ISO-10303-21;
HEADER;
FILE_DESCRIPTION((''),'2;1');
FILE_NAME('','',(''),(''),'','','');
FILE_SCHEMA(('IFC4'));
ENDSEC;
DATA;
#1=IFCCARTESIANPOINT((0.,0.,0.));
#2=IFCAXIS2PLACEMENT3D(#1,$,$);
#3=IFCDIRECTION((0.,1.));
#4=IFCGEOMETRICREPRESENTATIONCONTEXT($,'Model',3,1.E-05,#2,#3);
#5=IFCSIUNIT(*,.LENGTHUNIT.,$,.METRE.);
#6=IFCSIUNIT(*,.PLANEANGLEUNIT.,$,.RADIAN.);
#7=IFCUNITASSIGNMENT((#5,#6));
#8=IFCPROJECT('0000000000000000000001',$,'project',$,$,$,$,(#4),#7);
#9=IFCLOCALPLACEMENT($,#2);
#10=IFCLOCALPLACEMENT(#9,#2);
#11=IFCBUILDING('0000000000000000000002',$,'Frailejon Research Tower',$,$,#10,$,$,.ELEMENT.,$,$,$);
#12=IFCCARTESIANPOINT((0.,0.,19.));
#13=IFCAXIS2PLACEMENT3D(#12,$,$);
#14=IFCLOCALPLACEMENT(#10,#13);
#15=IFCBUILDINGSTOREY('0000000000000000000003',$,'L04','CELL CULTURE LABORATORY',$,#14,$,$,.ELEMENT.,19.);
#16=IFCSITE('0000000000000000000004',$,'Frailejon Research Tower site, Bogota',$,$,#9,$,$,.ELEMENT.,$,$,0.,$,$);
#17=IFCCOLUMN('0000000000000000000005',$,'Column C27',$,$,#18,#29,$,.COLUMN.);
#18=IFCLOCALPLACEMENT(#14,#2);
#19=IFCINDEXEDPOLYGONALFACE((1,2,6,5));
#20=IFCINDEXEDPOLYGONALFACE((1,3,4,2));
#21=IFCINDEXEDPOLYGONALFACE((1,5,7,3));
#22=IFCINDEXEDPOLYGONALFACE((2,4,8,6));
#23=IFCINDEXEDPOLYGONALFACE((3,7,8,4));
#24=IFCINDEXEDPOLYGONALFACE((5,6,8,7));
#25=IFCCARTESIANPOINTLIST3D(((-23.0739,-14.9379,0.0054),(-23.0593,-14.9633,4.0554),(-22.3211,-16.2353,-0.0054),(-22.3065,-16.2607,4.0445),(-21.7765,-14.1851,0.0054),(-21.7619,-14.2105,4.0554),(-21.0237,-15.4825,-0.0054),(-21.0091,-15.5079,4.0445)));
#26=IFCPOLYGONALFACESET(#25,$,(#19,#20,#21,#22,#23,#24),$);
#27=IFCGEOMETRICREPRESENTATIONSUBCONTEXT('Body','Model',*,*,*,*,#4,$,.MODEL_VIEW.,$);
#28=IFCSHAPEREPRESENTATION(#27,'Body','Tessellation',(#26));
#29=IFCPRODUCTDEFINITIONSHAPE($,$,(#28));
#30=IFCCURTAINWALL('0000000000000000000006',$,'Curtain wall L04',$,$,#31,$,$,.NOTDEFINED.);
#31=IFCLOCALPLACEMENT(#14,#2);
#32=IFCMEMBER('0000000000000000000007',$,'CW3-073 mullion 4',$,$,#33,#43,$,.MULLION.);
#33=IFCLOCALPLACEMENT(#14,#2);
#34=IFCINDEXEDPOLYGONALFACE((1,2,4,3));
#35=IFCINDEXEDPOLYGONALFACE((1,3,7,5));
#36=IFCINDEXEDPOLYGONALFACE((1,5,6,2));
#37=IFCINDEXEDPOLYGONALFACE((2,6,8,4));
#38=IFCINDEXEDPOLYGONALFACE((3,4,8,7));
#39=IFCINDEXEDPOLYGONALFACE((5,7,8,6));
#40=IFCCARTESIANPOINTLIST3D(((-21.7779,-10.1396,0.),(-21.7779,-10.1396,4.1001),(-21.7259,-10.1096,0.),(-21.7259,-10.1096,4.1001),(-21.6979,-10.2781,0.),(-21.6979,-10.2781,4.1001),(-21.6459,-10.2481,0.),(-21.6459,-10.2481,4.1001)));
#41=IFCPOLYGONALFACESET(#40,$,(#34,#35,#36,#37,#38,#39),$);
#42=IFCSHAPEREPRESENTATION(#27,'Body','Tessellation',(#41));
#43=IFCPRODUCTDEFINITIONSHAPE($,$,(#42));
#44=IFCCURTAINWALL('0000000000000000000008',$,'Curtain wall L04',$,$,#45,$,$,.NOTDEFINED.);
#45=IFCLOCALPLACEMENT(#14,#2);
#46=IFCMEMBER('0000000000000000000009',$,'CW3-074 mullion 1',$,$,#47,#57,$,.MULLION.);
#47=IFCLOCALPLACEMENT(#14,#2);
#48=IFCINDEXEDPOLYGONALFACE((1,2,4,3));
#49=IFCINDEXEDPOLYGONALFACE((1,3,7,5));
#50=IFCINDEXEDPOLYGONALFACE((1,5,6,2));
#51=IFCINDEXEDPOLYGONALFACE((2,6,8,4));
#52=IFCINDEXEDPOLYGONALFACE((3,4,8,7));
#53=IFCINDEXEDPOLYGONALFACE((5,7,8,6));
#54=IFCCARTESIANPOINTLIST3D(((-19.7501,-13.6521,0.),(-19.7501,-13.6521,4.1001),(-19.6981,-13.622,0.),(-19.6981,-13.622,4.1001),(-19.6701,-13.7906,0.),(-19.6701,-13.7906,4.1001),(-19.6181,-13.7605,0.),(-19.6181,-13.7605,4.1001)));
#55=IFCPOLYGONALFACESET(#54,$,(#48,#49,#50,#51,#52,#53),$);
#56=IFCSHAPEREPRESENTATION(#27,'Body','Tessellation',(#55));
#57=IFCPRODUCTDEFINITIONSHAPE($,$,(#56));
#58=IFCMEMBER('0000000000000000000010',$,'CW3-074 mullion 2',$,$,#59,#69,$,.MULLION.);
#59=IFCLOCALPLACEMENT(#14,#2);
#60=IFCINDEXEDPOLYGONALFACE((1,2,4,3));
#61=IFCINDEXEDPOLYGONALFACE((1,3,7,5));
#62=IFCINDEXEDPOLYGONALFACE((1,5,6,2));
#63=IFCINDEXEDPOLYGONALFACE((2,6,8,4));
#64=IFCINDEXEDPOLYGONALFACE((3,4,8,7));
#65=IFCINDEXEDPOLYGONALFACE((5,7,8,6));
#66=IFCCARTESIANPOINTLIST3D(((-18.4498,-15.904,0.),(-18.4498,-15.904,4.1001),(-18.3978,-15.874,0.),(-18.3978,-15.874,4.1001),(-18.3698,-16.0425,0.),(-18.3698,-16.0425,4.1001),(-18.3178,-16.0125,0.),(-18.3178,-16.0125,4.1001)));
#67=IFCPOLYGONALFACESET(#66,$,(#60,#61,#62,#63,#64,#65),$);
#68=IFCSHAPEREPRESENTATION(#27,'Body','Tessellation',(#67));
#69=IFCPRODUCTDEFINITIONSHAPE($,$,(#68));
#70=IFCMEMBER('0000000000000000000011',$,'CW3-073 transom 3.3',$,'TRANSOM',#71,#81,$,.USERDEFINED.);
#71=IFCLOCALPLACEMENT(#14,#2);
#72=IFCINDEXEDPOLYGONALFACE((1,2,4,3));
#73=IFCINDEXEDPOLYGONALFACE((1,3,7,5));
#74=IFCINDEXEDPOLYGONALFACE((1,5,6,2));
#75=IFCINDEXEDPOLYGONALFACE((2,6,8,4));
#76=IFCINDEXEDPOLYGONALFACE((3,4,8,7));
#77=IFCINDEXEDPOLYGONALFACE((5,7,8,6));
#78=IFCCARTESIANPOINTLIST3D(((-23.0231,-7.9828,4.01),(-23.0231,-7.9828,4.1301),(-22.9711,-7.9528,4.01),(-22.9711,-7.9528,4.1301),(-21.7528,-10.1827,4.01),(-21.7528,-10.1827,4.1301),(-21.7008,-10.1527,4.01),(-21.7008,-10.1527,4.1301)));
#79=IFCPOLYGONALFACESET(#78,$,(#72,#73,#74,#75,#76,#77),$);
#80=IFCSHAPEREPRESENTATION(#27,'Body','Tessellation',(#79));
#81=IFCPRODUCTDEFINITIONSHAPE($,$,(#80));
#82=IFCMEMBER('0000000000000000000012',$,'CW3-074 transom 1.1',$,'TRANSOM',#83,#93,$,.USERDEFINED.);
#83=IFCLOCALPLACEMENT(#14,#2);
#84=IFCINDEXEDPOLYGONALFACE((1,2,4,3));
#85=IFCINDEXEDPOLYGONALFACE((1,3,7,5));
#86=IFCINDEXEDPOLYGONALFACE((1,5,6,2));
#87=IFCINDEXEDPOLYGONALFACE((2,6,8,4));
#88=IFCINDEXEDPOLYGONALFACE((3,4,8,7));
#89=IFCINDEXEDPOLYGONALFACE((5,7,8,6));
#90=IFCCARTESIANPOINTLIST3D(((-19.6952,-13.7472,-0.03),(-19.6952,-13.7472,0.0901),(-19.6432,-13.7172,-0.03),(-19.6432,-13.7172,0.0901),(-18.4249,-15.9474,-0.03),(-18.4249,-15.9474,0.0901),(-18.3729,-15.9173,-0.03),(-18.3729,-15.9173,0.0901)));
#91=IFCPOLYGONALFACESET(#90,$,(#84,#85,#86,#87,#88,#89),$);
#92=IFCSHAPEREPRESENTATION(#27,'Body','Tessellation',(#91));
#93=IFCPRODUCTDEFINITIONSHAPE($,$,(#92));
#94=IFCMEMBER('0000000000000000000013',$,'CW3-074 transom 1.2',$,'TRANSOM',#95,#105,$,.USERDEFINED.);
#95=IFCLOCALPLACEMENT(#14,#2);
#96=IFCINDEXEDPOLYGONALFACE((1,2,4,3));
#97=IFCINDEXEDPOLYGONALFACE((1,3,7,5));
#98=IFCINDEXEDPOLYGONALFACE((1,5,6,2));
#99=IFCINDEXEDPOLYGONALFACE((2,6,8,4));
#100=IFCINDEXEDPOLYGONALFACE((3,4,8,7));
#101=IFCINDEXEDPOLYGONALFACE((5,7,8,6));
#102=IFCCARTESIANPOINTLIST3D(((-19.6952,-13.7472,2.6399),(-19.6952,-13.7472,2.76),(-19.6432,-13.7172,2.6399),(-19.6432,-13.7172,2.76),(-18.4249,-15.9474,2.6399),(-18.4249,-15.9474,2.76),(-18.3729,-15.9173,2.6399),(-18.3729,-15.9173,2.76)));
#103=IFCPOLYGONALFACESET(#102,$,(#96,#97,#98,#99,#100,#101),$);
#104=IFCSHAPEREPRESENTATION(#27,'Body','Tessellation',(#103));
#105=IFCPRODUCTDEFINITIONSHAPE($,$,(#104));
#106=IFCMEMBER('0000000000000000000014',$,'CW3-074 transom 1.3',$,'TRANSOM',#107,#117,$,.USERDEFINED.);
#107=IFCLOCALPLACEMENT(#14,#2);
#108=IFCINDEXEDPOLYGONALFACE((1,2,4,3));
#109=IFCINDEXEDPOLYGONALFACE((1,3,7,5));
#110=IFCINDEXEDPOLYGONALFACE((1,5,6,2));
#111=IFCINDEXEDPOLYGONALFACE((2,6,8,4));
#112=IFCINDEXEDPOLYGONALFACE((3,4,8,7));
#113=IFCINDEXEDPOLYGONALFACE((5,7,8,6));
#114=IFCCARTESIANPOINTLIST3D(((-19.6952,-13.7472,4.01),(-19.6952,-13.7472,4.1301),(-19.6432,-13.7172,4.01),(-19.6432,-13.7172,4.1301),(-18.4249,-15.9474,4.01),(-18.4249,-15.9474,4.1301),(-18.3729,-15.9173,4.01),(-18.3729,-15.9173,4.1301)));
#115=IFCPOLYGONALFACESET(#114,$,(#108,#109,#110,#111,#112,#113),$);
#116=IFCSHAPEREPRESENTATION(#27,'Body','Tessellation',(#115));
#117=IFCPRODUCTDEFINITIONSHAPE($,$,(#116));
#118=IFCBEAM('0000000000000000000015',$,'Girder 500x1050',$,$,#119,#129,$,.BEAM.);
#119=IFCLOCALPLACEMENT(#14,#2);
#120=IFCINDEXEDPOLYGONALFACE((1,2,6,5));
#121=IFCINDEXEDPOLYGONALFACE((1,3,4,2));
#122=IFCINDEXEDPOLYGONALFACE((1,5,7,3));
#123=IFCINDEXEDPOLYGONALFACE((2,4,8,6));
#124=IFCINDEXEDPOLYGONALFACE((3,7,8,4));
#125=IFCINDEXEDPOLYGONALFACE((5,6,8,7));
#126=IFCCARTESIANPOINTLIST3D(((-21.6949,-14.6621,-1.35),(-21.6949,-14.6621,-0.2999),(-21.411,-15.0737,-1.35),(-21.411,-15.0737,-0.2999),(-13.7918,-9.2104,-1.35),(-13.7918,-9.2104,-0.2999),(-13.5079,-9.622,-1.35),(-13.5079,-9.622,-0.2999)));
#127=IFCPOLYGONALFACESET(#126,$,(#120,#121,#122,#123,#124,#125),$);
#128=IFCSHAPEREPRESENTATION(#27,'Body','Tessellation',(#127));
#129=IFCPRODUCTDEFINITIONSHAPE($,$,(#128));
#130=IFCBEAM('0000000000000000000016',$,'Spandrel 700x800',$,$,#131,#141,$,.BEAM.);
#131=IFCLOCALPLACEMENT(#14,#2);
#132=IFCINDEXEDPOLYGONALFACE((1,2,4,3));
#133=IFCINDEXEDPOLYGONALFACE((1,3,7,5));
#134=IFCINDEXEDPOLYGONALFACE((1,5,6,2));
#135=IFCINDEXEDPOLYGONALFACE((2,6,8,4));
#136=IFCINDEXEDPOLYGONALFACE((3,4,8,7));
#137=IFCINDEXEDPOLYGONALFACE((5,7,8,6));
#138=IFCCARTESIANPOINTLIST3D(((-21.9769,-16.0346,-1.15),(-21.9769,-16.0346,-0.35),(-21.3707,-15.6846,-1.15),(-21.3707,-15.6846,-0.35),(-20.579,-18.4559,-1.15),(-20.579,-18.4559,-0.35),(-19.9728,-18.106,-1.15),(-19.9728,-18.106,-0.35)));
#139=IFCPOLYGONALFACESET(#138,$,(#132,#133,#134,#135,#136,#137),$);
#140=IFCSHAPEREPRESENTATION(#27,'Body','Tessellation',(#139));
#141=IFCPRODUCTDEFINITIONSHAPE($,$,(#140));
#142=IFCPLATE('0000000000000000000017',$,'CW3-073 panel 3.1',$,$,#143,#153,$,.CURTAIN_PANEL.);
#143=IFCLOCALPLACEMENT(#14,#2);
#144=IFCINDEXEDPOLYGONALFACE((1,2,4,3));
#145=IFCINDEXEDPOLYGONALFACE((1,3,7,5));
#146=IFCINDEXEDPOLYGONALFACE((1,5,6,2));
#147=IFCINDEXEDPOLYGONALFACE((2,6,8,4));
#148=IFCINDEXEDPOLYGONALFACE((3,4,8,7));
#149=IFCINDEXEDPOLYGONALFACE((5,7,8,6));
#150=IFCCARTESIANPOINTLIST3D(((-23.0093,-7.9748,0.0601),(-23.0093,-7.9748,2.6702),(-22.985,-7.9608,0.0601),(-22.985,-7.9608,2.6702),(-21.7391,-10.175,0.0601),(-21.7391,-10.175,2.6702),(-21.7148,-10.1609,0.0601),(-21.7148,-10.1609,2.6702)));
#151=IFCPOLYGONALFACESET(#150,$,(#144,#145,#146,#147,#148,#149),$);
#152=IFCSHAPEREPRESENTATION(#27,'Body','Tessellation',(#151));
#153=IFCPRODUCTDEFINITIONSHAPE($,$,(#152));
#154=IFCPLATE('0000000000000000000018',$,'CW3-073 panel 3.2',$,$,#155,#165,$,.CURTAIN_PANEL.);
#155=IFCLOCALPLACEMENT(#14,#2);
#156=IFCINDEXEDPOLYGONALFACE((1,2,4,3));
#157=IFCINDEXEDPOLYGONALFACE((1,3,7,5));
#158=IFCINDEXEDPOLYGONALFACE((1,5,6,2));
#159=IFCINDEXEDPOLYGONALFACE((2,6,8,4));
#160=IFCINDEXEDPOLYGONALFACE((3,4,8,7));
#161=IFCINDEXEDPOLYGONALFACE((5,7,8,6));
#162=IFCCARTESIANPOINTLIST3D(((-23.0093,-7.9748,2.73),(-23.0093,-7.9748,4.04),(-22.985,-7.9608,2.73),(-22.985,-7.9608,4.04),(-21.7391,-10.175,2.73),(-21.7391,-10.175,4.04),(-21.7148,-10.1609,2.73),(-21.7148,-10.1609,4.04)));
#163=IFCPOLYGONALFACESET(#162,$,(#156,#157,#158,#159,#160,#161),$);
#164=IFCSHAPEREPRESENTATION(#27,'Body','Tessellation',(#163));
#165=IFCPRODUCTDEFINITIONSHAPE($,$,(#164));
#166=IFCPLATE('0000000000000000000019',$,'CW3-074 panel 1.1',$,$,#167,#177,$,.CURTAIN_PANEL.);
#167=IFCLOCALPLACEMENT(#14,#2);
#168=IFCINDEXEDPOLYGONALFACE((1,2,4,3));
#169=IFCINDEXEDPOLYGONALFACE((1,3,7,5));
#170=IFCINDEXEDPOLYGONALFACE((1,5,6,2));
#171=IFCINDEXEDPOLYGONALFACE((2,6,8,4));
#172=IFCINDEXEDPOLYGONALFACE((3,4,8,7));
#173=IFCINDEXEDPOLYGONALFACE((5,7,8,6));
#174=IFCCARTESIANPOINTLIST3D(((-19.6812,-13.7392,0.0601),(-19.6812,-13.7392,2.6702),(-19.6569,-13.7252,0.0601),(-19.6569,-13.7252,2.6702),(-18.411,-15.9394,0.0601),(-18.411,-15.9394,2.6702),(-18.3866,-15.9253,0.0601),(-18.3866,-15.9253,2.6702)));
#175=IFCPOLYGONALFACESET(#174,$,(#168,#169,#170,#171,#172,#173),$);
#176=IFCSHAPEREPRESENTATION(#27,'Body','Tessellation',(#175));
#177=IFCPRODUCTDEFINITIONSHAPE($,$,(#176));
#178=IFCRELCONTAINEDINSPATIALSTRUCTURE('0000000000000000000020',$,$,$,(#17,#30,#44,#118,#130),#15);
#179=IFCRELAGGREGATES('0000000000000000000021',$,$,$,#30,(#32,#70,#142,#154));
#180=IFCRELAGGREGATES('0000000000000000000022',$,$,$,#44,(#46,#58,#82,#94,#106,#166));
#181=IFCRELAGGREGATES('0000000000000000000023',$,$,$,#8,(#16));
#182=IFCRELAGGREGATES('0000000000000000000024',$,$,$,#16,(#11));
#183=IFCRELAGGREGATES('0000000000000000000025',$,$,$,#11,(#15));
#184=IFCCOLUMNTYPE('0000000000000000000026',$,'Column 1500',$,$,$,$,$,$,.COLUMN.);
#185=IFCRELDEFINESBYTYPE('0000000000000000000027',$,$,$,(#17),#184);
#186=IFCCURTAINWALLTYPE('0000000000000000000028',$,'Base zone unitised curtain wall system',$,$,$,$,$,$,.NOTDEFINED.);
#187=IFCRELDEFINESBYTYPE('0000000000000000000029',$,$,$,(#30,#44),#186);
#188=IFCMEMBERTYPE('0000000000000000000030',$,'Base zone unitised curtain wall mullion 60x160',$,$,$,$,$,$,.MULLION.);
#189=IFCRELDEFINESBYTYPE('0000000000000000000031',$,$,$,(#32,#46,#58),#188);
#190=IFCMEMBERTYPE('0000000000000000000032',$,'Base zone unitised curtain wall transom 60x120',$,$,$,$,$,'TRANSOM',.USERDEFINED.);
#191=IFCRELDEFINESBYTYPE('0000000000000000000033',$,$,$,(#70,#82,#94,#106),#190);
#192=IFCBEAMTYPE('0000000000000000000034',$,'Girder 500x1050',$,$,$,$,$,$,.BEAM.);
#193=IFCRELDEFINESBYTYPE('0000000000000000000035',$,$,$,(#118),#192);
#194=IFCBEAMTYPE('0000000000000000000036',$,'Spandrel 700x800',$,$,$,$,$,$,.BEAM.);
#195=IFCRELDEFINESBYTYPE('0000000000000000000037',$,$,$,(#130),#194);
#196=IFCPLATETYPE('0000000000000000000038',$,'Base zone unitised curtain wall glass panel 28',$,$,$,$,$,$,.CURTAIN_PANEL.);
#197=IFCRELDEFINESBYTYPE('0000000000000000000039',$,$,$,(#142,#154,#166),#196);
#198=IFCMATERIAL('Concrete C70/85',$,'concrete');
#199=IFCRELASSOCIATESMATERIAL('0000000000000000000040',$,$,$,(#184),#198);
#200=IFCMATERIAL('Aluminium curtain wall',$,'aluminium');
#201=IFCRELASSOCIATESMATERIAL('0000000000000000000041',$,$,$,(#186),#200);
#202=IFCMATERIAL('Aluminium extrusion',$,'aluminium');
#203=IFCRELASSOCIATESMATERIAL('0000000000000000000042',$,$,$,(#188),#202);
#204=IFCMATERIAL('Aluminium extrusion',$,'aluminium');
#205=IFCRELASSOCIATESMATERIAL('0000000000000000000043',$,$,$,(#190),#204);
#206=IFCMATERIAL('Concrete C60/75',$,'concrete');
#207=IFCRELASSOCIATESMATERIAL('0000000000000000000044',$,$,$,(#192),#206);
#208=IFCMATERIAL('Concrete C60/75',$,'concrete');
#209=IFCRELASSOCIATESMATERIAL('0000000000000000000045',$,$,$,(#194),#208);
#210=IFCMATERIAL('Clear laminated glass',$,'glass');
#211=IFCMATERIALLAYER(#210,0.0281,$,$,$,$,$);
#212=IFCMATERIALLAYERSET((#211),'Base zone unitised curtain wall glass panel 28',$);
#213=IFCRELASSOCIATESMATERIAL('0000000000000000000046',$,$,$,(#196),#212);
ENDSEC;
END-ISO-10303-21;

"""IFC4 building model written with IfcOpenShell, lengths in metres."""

from ifc_helpers import new_model, si_unit, direction, frame, origin, origin_2d, place, context, subcontext, project, spatial, rectangle, extrude, material, layer, layer_set, material_profile, profile_set, type_object, element, aggregate, save


model = new_model("IFC4")

# Units and contexts
model_context = context("Model", 3, precision=1e-05, world=origin(), true_north=direction((0.0, 1.0)))
body_context = subcontext(model_context, "Body", "Model", "MODEL_VIEW")
ifc_project = project(units=[si_unit("LENGTHUNIT", "METRE"), si_unit("PLANEANGLEUNIT", "RADIAN")], contexts=[model_context])

# Site, building, storey
site_placement = place(None, origin())
site = spatial("IfcSite", under=ifc_project, at=site_placement, Name="Frailejon Research Tower site, Bogota", CompositionType="ELEMENT", RefElevation=0.0)
building_placement = place(site_placement, origin())
building = spatial("IfcBuilding", under=site, at=building_placement, Name="Frailejon Research Tower", CompositionType="ELEMENT")
storey_placement = place(building_placement, frame((0.0, 0.0, 19.0)))
storey = spatial("IfcBuildingStorey", under=building, at=storey_placement, Name="L04", Description="CELL CULTURE LABORATORY", CompositionType="ELEMENT", Elevation=19.0)

# Column
ifc_material_1 = material(Name="Concrete C70/85", Category="concrete")
ifc_material_profile_1 = material_profile(ifc_material_1, rectangle(XDim=1.5, YDim=1.5, at=origin_2d()), Name="Column 1500")
ifc_profile_set_1 = profile_set([ifc_material_profile_1], Name="Concrete C70/85")
column_type = type_object("IfcColumnType", Name="Column 1500", PredefinedType="COLUMN", material=ifc_profile_set_1)
column_placement = place(storey_placement, frame((-22.0488, -15.2102, 0.0), z_axis=(0.003617, -0.006269, 0.999974), x_axis=(0.501883, -0.864905, -0.007238)))
element("IfcColumn", 1, at=column_placement, inside=storey, type_object=column_type, Name="Column C27", PredefinedType="COLUMN", context=body_context, shape_type="SweptSolid", body=[
    extrude(rectangle(XDim=1.5, YDim=1.5, at=origin_2d()), origin(), (0.0, 0.0, 1.0), 4.05),
])

# Curtain wall, member
ifc_material_2 = material(Name="Aluminium curtain wall", Category="aluminium")
curtain_wall_type = type_object("IfcCurtainWallType", Name="Base zone unitised curtain wall system", PredefinedType="NOTDEFINED", material=ifc_material_2)
curtain_wall_1_placement = place(storey_placement, origin())
curtain_wall_1 = element("IfcCurtainWall", 2, at=curtain_wall_1_placement, inside=storey, type_object=curtain_wall_type, Name="Curtain wall L04", PredefinedType="NOTDEFINED")
ifc_material_3 = material(Name="Aluminium extrusion", Category="aluminium")
ifc_material_profile_2 = material_profile(ifc_material_3, rectangle(XDim=0.0601, YDim=0.1599, at=origin_2d()), Name="Base zone unitised curtain wall mullion 60x160")
ifc_profile_set_2 = profile_set([ifc_material_profile_2], Name="Aluminium extrusion")
member_type_1 = type_object("IfcMemberType", Name="Base zone unitised curtain wall mullion 60x160", PredefinedType="MULLION", material=ifc_profile_set_2)
member_1_placement = place(storey_placement, frame((-21.7119, -10.1938, 0.0), z_axis=(0.0, 0.0, 1.0), x_axis=(0.866027, 0.499997, 0.0)))
member_1 = element("IfcMember", 3, at=member_1_placement, type_object=member_type_1, Name="CW3-073 mullion 4", PredefinedType="MULLION", context=body_context, shape_type="SweptSolid", body=[
    extrude(rectangle(XDim=0.0601, YDim=0.1599, at=origin_2d()), origin(), (0.0, 0.0, 1.0), 4.1001),
])

# Curtain wall, members
curtain_wall_2_placement = place(storey_placement, origin())
curtain_wall_2 = element("IfcCurtainWall", 4, at=curtain_wall_2_placement, inside=storey, type_object=curtain_wall_type, Name="Curtain wall L04", PredefinedType="NOTDEFINED")
member_2_placement = place(storey_placement, frame((-19.6841, -13.7063, 0.0), z_axis=(0.0, 0.0, 1.0), x_axis=(0.866027, 0.499997, 0.0)))
member_2 = element("IfcMember", 5, at=member_2_placement, type_object=member_type_1, Name="CW3-074 mullion 1", PredefinedType="MULLION", context=body_context, shape_type="SweptSolid", body=[
    extrude(rectangle(XDim=0.0601, YDim=0.1599, at=origin_2d()), origin(), (0.0, 0.0, 1.0), 4.1001),
])
member_3_placement = place(storey_placement, frame((-18.3838, -15.9583, 0.0), z_axis=(0.0, 0.0, 1.0), x_axis=(0.866027, 0.499997, 0.0)))
member_3 = element("IfcMember", 6, at=member_3_placement, type_object=member_type_1, Name="CW3-074 mullion 2", PredefinedType="MULLION", context=body_context, shape_type="SweptSolid", body=[
    extrude(rectangle(XDim=0.0601, YDim=0.1599, at=origin_2d()), origin(), (0.0, 0.0, 1.0), 4.1001),
])

# Members
ifc_material_4 = material(Name="Aluminium extrusion", Category="aluminium")
ifc_material_profile_3 = material_profile(ifc_material_4, rectangle(XDim=0.0601, YDim=0.1201, at=origin_2d()), Name="Base zone unitised curtain wall transom 60x120")
ifc_profile_set_3 = profile_set([ifc_material_profile_3], Name="Aluminium extrusion")
member_type_2 = type_object("IfcMemberType", Name="Base zone unitised curtain wall transom 60x120", ElementType="TRANSOM", PredefinedType="USERDEFINED", material=ifc_profile_set_3)
member_4_placement = place(storey_placement, frame((-22.9971, -7.9678, 4.0701), z_axis=(0.500036, -0.866005, 0.0), x_axis=(0.866005, 0.500036, 0.0)))
member_4 = element("IfcMember", 7, at=member_4_placement, type_object=member_type_2, Name="CW3-073 transom 3.3", ObjectType="TRANSOM", PredefinedType="USERDEFINED", context=body_context, shape_type="SweptSolid", body=[
    extrude(rectangle(XDim=0.0601, YDim=0.1201, at=origin_2d()), origin(), (0.0, 0.0, 1.0), 2.5403),
])
member_5_placement = place(storey_placement, frame((-19.6692, -13.7322, 0.03), z_axis=(0.499994, -0.866029, 0.0), x_axis=(0.866029, 0.499994, 0.0)))
member_5 = element("IfcMember", 8, at=member_5_placement, type_object=member_type_2, Name="CW3-074 transom 1.1", ObjectType="TRANSOM", PredefinedType="USERDEFINED", context=body_context, shape_type="SweptSolid", body=[
    extrude(rectangle(XDim=0.0601, YDim=0.1201, at=origin_2d()), origin(), (0.0, 0.0, 1.0), 2.5405),
])
member_6_placement = place(storey_placement, frame((-19.6692, -13.7322, 2.7), z_axis=(0.499994, -0.866029, 0.0), x_axis=(0.866029, 0.499994, 0.0)))
member_6 = element("IfcMember", 9, at=member_6_placement, type_object=member_type_2, Name="CW3-074 transom 1.2", ObjectType="TRANSOM", PredefinedType="USERDEFINED", context=body_context, shape_type="SweptSolid", body=[
    extrude(rectangle(XDim=0.0601, YDim=0.1201, at=origin_2d()), origin(), (0.0, 0.0, 1.0), 2.5405),
])
member_7_placement = place(storey_placement, frame((-19.6692, -13.7322, 4.0701), z_axis=(0.499994, -0.866029, 0.0), x_axis=(0.866029, 0.499994, 0.0)))
member_7 = element("IfcMember", 10, at=member_7_placement, type_object=member_type_2, Name="CW3-074 transom 1.3", ObjectType="TRANSOM", PredefinedType="USERDEFINED", context=body_context, shape_type="SweptSolid", body=[
    extrude(rectangle(XDim=0.0601, YDim=0.1201, at=origin_2d()), origin(), (0.0, 0.0, 1.0), 2.5405),
])

# Beams
ifc_material_5 = material(Name="Concrete C60/75", Category="concrete")
ifc_material_profile_4 = material_profile(ifc_material_5, rectangle(XDim=0.5, YDim=1.05, at=origin_2d()), Name="Girder 500x1050")
ifc_profile_set_4 = profile_set([ifc_material_profile_4], Name="Concrete C60/75")
beam_type_1 = type_object("IfcBeamType", Name="Girder 500x1050", PredefinedType="BEAM", material=ifc_profile_set_4)
beam_1_placement = place(storey_placement, frame((-21.553, -14.8679, -0.825), z_axis=(0.823151, 0.567822, 0.0), x_axis=(-0.567822, 0.823151, 0.0)))
element("IfcBeam", 11, at=beam_1_placement, inside=storey, type_object=beam_type_1, Name="Girder 500x1050", PredefinedType="BEAM", context=body_context, shape_type="SweptSolid", body=[
    extrude(rectangle(XDim=0.5, YDim=1.05, at=origin_2d()), origin(), (0.0, 0.0, 1.0), 9.6011),
])
ifc_material_6 = material(Name="Concrete C60/75", Category="concrete")
ifc_material_profile_5 = material_profile(ifc_material_6, rectangle(XDim=0.7, YDim=0.8, at=origin_2d()), Name="Spandrel 700x800")
ifc_profile_set_5 = profile_set([ifc_material_profile_5], Name="Concrete C60/75")
beam_type_2 = type_object("IfcBeamType", Name="Spandrel 700x800", PredefinedType="BEAM", material=ifc_profile_set_5)
beam_2_placement = place(storey_placement, frame((-21.6738, -15.8596, -0.75), z_axis=(0.49999, -0.866031, 0.0), x_axis=(0.866031, 0.49999, 0.0)))
element("IfcBeam", 12, at=beam_2_placement, inside=storey, type_object=beam_type_2, Name="Spandrel 700x800", PredefinedType="BEAM", context=body_context, shape_type="SweptSolid", body=[
    extrude(rectangle(XDim=0.7, YDim=0.8, at=origin_2d()), origin(), (0.0, 0.0, 1.0), 2.7959),
])

# Plates
ifc_material_7 = material(Name="Clear laminated glass", Category="glass")
ifc_layer_1 = layer(ifc_material_7, 0.0281)
ifc_layer_set_1 = layer_set([ifc_layer_1], Name="Base zone unitised curtain wall glass panel 28")
plate_type = type_object("IfcPlateType", Name="Base zone unitised curtain wall glass panel 28", PredefinedType="CURTAIN_PANEL", material=ifc_layer_set_1)
plate_1_placement = place(storey_placement, frame((-22.3621, -9.0679, 0.0601), z_axis=(0.0, 0.0, 1.0), x_axis=(0.499997, -0.866027, 0.0)))
plate_1 = element("IfcPlate", 13, at=plate_1_placement, type_object=plate_type, Name="CW3-073 panel 3.1", PredefinedType="CURTAIN_PANEL", context=body_context, shape_type="SweptSolid", body=[
    extrude(rectangle(XDim=2.5405, YDim=0.0281, at=origin_2d()), origin(), (0.0, 0.0, 1.0), 2.6101),
])
plate_2_placement = place(storey_placement, frame((-22.3621, -9.0679, 2.73), z_axis=(0.0, 0.0, 1.0), x_axis=(0.499997, -0.866027, 0.0)))
plate_2 = element("IfcPlate", 14, at=plate_2_placement, type_object=plate_type, Name="CW3-073 panel 3.2", PredefinedType="CURTAIN_PANEL", context=body_context, shape_type="SweptSolid", body=[
    extrude(rectangle(XDim=2.5405, YDim=0.0281, at=origin_2d()), origin(), (0.0, 0.0, 1.0), 1.3101),
])
aggregate(curtain_wall_1, [member_1, member_4, plate_1, plate_2])
plate_3_placement = place(storey_placement, frame((-19.0339, -14.8323, 0.0601), z_axis=(0.0, 0.0, 1.0), x_axis=(0.499997, -0.866027, 0.0)))
plate_3 = element("IfcPlate", 15, at=plate_3_placement, type_object=plate_type, Name="CW3-074 panel 1.1", PredefinedType="CURTAIN_PANEL", context=body_context, shape_type="SweptSolid", body=[
    extrude(rectangle(XDim=2.5405, YDim=0.0281, at=origin_2d()), origin(), (0.0, 0.0, 1.0), 2.6101),
])
aggregate(curtain_wall_2, [member_2, member_3, member_5, member_6, member_7, plate_3])

save(model, "model.ifc")
